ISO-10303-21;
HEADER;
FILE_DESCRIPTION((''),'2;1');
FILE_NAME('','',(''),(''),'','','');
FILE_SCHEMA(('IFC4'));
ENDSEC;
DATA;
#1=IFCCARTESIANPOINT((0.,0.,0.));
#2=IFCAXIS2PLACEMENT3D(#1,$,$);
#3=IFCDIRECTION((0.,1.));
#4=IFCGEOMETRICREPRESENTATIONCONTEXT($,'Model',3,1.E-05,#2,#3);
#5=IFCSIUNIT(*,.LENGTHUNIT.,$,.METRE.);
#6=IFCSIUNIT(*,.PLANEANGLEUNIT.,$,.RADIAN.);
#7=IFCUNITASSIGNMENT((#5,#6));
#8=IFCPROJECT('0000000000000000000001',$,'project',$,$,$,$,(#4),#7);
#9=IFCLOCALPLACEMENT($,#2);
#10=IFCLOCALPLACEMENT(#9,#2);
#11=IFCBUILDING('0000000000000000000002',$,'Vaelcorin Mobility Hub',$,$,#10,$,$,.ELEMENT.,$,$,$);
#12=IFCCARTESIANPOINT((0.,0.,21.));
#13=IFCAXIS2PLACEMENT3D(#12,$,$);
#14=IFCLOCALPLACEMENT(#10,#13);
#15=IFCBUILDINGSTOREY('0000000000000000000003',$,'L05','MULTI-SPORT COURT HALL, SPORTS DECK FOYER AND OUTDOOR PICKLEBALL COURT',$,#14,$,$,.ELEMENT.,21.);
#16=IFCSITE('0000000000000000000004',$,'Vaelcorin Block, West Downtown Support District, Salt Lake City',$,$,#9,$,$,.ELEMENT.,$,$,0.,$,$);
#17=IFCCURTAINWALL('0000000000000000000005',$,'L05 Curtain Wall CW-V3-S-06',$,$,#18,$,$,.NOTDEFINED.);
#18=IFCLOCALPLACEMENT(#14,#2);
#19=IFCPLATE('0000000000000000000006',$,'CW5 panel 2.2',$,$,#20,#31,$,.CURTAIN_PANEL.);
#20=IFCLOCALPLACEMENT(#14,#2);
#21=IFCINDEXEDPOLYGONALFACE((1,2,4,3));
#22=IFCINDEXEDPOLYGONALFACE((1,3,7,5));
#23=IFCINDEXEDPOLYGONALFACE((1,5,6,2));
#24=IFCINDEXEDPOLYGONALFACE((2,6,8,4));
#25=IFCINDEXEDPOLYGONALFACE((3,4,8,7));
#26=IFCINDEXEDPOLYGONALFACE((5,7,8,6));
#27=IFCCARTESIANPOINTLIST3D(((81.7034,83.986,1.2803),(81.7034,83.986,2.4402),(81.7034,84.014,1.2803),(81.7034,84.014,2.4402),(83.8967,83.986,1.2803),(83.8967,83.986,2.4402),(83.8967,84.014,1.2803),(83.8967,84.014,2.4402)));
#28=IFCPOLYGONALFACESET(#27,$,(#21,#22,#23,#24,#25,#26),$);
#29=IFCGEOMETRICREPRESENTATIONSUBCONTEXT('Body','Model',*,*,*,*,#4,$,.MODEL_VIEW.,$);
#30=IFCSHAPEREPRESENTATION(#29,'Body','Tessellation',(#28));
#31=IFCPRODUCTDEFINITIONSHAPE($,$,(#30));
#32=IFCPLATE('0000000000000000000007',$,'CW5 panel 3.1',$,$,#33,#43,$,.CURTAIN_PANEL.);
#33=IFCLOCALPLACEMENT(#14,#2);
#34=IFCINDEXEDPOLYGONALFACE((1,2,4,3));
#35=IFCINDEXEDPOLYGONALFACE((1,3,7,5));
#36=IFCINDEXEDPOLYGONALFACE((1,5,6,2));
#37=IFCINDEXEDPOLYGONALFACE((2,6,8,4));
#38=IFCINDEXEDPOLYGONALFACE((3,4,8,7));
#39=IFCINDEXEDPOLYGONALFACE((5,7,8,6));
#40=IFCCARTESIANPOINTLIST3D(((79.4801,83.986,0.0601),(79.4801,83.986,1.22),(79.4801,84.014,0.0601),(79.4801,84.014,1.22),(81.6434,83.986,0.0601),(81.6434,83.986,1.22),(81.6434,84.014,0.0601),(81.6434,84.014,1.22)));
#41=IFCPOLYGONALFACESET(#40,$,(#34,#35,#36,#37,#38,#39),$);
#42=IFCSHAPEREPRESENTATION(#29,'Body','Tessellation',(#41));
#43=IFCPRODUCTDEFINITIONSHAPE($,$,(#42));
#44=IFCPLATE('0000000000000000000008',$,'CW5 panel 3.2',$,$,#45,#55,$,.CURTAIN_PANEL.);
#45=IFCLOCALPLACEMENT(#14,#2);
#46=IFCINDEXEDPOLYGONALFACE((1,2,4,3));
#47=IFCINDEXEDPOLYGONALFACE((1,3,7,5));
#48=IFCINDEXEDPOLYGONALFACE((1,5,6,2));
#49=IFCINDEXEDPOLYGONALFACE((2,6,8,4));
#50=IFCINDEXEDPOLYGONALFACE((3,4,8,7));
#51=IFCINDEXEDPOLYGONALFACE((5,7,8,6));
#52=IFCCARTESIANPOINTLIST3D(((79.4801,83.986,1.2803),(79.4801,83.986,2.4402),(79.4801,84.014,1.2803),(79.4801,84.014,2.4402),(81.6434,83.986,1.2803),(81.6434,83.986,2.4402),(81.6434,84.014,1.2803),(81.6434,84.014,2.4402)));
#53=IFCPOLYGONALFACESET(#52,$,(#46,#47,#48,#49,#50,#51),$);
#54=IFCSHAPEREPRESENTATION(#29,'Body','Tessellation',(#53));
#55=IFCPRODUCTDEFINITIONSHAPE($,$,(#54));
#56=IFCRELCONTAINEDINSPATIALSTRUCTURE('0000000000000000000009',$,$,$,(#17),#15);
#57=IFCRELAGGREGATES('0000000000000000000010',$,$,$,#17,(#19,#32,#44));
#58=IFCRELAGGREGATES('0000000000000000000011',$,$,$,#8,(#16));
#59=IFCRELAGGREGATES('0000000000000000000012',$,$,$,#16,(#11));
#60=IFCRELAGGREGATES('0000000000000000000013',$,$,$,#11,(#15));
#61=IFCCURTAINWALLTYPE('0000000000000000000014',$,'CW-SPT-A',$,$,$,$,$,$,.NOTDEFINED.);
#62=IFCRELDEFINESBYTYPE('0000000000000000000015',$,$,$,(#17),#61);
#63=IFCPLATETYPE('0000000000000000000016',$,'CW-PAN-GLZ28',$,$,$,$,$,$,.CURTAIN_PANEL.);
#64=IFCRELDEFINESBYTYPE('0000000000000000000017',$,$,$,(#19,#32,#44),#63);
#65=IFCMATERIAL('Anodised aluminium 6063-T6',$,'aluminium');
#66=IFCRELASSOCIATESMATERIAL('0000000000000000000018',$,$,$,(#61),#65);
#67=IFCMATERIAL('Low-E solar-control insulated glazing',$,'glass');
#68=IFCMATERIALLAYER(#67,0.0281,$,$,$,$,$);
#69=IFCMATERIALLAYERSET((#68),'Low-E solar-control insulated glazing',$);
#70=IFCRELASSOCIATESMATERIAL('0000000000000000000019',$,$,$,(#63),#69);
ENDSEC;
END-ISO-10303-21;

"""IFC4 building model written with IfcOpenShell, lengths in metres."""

from ifc_helpers import new_model, si_unit, direction, frame, origin, origin_2d, place, context, subcontext, project, spatial, rectangle, extrude, material, layer, layer_set, type_object, element, aggregate, save


model = new_model("IFC4")

# Units and contexts
model_context = context("Model", 3, precision=1e-05, world=origin(), true_north=direction((0.0, 1.0)))
body_context = subcontext(model_context, "Body", "Model", "MODEL_VIEW")
ifc_project = project(units=[si_unit("LENGTHUNIT", "METRE"), si_unit("PLANEANGLEUNIT", "RADIAN")], contexts=[model_context])

# Site, building, storey
site_placement = place(None, origin())
site = spatial("IfcSite", under=ifc_project, at=site_placement, Name="Vaelcorin Block, West Downtown Support District, Salt Lake City", CompositionType="ELEMENT", RefElevation=0.0)
building_placement = place(site_placement, origin())
building = spatial("IfcBuilding", under=site, at=building_placement, Name="Vaelcorin Mobility Hub", CompositionType="ELEMENT")
storey_placement = place(building_placement, frame((0.0, 0.0, 21.0)))
storey = spatial("IfcBuildingStorey", under=building, at=storey_placement, Name="L05", Description="MULTI-SPORT COURT HALL, SPORTS DECK FOYER AND OUTDOOR PICKLEBALL COURT", CompositionType="ELEMENT", Elevation=21.0)

# Curtain wall
ifc_material_1 = material(Name="Anodised aluminium 6063-T6", Category="aluminium")
curtain_wall_type = type_object("IfcCurtainWallType", Name="CW-SPT-A", PredefinedType="NOTDEFINED", material=ifc_material_1)
curtain_wall_1_placement = place(storey_placement, origin())
curtain_wall_1 = element("IfcCurtainWall", 1, at=curtain_wall_1_placement, inside=storey, type_object=curtain_wall_type, Name="L05 Curtain Wall CW-V3-S-06", PredefinedType="NOTDEFINED")

# Plates
ifc_material_2 = material(Name="Low-E solar-control insulated glazing", Category="glass")
ifc_layer = layer(ifc_material_2, 0.0281)
ifc_layer_set = layer_set([ifc_layer], Name="Low-E solar-control insulated glazing")
plate_type = type_object("IfcPlateType", Name="CW-PAN-GLZ28", PredefinedType="CURTAIN_PANEL", material=ifc_layer_set)
plate_1_placement = place(storey_placement, frame((82.8, 84.0, 1.2803), z_axis=(0.0, 0.0, 1.0), x_axis=(-1.0, 0.0, 0.0)))
plate_1 = element("IfcPlate", 2, at=plate_1_placement, type_object=plate_type, Name="CW5 panel 2.2", PredefinedType="CURTAIN_PANEL", context=body_context, shape_type="SweptSolid", body=[
    extrude(rectangle(XDim=2.1934, YDim=0.0281, at=origin_2d()), origin(), (0.0, 0.0, 1.0), 1.1599),
])
plate_2_placement = place(storey_placement, frame((80.5618, 84.0, 0.0601), z_axis=(0.0, 0.0, 1.0), x_axis=(-1.0, 0.0, 0.0)))
plate_2 = element("IfcPlate", 3, at=plate_2_placement, type_object=plate_type, Name="CW5 panel 3.1", PredefinedType="CURTAIN_PANEL", context=body_context, shape_type="SweptSolid", body=[
    extrude(rectangle(XDim=2.1633, YDim=0.0281, at=origin_2d()), origin(), (0.0, 0.0, 1.0), 1.1599),
])
plate_3_placement = place(storey_placement, frame((80.5618, 84.0, 1.2803), z_axis=(0.0, 0.0, 1.0), x_axis=(-1.0, 0.0, 0.0)))
plate_3 = element("IfcPlate", 4, at=plate_3_placement, type_object=plate_type, Name="CW5 panel 3.2", PredefinedType="CURTAIN_PANEL", context=body_context, shape_type="SweptSolid", body=[
    extrude(rectangle(XDim=2.1633, YDim=0.0281, at=origin_2d()), origin(), (0.0, 0.0, 1.0), 1.1599),
])
aggregate(curtain_wall_1, [plate_1, plate_2, plate_3])

save(model, "model.ifc")
